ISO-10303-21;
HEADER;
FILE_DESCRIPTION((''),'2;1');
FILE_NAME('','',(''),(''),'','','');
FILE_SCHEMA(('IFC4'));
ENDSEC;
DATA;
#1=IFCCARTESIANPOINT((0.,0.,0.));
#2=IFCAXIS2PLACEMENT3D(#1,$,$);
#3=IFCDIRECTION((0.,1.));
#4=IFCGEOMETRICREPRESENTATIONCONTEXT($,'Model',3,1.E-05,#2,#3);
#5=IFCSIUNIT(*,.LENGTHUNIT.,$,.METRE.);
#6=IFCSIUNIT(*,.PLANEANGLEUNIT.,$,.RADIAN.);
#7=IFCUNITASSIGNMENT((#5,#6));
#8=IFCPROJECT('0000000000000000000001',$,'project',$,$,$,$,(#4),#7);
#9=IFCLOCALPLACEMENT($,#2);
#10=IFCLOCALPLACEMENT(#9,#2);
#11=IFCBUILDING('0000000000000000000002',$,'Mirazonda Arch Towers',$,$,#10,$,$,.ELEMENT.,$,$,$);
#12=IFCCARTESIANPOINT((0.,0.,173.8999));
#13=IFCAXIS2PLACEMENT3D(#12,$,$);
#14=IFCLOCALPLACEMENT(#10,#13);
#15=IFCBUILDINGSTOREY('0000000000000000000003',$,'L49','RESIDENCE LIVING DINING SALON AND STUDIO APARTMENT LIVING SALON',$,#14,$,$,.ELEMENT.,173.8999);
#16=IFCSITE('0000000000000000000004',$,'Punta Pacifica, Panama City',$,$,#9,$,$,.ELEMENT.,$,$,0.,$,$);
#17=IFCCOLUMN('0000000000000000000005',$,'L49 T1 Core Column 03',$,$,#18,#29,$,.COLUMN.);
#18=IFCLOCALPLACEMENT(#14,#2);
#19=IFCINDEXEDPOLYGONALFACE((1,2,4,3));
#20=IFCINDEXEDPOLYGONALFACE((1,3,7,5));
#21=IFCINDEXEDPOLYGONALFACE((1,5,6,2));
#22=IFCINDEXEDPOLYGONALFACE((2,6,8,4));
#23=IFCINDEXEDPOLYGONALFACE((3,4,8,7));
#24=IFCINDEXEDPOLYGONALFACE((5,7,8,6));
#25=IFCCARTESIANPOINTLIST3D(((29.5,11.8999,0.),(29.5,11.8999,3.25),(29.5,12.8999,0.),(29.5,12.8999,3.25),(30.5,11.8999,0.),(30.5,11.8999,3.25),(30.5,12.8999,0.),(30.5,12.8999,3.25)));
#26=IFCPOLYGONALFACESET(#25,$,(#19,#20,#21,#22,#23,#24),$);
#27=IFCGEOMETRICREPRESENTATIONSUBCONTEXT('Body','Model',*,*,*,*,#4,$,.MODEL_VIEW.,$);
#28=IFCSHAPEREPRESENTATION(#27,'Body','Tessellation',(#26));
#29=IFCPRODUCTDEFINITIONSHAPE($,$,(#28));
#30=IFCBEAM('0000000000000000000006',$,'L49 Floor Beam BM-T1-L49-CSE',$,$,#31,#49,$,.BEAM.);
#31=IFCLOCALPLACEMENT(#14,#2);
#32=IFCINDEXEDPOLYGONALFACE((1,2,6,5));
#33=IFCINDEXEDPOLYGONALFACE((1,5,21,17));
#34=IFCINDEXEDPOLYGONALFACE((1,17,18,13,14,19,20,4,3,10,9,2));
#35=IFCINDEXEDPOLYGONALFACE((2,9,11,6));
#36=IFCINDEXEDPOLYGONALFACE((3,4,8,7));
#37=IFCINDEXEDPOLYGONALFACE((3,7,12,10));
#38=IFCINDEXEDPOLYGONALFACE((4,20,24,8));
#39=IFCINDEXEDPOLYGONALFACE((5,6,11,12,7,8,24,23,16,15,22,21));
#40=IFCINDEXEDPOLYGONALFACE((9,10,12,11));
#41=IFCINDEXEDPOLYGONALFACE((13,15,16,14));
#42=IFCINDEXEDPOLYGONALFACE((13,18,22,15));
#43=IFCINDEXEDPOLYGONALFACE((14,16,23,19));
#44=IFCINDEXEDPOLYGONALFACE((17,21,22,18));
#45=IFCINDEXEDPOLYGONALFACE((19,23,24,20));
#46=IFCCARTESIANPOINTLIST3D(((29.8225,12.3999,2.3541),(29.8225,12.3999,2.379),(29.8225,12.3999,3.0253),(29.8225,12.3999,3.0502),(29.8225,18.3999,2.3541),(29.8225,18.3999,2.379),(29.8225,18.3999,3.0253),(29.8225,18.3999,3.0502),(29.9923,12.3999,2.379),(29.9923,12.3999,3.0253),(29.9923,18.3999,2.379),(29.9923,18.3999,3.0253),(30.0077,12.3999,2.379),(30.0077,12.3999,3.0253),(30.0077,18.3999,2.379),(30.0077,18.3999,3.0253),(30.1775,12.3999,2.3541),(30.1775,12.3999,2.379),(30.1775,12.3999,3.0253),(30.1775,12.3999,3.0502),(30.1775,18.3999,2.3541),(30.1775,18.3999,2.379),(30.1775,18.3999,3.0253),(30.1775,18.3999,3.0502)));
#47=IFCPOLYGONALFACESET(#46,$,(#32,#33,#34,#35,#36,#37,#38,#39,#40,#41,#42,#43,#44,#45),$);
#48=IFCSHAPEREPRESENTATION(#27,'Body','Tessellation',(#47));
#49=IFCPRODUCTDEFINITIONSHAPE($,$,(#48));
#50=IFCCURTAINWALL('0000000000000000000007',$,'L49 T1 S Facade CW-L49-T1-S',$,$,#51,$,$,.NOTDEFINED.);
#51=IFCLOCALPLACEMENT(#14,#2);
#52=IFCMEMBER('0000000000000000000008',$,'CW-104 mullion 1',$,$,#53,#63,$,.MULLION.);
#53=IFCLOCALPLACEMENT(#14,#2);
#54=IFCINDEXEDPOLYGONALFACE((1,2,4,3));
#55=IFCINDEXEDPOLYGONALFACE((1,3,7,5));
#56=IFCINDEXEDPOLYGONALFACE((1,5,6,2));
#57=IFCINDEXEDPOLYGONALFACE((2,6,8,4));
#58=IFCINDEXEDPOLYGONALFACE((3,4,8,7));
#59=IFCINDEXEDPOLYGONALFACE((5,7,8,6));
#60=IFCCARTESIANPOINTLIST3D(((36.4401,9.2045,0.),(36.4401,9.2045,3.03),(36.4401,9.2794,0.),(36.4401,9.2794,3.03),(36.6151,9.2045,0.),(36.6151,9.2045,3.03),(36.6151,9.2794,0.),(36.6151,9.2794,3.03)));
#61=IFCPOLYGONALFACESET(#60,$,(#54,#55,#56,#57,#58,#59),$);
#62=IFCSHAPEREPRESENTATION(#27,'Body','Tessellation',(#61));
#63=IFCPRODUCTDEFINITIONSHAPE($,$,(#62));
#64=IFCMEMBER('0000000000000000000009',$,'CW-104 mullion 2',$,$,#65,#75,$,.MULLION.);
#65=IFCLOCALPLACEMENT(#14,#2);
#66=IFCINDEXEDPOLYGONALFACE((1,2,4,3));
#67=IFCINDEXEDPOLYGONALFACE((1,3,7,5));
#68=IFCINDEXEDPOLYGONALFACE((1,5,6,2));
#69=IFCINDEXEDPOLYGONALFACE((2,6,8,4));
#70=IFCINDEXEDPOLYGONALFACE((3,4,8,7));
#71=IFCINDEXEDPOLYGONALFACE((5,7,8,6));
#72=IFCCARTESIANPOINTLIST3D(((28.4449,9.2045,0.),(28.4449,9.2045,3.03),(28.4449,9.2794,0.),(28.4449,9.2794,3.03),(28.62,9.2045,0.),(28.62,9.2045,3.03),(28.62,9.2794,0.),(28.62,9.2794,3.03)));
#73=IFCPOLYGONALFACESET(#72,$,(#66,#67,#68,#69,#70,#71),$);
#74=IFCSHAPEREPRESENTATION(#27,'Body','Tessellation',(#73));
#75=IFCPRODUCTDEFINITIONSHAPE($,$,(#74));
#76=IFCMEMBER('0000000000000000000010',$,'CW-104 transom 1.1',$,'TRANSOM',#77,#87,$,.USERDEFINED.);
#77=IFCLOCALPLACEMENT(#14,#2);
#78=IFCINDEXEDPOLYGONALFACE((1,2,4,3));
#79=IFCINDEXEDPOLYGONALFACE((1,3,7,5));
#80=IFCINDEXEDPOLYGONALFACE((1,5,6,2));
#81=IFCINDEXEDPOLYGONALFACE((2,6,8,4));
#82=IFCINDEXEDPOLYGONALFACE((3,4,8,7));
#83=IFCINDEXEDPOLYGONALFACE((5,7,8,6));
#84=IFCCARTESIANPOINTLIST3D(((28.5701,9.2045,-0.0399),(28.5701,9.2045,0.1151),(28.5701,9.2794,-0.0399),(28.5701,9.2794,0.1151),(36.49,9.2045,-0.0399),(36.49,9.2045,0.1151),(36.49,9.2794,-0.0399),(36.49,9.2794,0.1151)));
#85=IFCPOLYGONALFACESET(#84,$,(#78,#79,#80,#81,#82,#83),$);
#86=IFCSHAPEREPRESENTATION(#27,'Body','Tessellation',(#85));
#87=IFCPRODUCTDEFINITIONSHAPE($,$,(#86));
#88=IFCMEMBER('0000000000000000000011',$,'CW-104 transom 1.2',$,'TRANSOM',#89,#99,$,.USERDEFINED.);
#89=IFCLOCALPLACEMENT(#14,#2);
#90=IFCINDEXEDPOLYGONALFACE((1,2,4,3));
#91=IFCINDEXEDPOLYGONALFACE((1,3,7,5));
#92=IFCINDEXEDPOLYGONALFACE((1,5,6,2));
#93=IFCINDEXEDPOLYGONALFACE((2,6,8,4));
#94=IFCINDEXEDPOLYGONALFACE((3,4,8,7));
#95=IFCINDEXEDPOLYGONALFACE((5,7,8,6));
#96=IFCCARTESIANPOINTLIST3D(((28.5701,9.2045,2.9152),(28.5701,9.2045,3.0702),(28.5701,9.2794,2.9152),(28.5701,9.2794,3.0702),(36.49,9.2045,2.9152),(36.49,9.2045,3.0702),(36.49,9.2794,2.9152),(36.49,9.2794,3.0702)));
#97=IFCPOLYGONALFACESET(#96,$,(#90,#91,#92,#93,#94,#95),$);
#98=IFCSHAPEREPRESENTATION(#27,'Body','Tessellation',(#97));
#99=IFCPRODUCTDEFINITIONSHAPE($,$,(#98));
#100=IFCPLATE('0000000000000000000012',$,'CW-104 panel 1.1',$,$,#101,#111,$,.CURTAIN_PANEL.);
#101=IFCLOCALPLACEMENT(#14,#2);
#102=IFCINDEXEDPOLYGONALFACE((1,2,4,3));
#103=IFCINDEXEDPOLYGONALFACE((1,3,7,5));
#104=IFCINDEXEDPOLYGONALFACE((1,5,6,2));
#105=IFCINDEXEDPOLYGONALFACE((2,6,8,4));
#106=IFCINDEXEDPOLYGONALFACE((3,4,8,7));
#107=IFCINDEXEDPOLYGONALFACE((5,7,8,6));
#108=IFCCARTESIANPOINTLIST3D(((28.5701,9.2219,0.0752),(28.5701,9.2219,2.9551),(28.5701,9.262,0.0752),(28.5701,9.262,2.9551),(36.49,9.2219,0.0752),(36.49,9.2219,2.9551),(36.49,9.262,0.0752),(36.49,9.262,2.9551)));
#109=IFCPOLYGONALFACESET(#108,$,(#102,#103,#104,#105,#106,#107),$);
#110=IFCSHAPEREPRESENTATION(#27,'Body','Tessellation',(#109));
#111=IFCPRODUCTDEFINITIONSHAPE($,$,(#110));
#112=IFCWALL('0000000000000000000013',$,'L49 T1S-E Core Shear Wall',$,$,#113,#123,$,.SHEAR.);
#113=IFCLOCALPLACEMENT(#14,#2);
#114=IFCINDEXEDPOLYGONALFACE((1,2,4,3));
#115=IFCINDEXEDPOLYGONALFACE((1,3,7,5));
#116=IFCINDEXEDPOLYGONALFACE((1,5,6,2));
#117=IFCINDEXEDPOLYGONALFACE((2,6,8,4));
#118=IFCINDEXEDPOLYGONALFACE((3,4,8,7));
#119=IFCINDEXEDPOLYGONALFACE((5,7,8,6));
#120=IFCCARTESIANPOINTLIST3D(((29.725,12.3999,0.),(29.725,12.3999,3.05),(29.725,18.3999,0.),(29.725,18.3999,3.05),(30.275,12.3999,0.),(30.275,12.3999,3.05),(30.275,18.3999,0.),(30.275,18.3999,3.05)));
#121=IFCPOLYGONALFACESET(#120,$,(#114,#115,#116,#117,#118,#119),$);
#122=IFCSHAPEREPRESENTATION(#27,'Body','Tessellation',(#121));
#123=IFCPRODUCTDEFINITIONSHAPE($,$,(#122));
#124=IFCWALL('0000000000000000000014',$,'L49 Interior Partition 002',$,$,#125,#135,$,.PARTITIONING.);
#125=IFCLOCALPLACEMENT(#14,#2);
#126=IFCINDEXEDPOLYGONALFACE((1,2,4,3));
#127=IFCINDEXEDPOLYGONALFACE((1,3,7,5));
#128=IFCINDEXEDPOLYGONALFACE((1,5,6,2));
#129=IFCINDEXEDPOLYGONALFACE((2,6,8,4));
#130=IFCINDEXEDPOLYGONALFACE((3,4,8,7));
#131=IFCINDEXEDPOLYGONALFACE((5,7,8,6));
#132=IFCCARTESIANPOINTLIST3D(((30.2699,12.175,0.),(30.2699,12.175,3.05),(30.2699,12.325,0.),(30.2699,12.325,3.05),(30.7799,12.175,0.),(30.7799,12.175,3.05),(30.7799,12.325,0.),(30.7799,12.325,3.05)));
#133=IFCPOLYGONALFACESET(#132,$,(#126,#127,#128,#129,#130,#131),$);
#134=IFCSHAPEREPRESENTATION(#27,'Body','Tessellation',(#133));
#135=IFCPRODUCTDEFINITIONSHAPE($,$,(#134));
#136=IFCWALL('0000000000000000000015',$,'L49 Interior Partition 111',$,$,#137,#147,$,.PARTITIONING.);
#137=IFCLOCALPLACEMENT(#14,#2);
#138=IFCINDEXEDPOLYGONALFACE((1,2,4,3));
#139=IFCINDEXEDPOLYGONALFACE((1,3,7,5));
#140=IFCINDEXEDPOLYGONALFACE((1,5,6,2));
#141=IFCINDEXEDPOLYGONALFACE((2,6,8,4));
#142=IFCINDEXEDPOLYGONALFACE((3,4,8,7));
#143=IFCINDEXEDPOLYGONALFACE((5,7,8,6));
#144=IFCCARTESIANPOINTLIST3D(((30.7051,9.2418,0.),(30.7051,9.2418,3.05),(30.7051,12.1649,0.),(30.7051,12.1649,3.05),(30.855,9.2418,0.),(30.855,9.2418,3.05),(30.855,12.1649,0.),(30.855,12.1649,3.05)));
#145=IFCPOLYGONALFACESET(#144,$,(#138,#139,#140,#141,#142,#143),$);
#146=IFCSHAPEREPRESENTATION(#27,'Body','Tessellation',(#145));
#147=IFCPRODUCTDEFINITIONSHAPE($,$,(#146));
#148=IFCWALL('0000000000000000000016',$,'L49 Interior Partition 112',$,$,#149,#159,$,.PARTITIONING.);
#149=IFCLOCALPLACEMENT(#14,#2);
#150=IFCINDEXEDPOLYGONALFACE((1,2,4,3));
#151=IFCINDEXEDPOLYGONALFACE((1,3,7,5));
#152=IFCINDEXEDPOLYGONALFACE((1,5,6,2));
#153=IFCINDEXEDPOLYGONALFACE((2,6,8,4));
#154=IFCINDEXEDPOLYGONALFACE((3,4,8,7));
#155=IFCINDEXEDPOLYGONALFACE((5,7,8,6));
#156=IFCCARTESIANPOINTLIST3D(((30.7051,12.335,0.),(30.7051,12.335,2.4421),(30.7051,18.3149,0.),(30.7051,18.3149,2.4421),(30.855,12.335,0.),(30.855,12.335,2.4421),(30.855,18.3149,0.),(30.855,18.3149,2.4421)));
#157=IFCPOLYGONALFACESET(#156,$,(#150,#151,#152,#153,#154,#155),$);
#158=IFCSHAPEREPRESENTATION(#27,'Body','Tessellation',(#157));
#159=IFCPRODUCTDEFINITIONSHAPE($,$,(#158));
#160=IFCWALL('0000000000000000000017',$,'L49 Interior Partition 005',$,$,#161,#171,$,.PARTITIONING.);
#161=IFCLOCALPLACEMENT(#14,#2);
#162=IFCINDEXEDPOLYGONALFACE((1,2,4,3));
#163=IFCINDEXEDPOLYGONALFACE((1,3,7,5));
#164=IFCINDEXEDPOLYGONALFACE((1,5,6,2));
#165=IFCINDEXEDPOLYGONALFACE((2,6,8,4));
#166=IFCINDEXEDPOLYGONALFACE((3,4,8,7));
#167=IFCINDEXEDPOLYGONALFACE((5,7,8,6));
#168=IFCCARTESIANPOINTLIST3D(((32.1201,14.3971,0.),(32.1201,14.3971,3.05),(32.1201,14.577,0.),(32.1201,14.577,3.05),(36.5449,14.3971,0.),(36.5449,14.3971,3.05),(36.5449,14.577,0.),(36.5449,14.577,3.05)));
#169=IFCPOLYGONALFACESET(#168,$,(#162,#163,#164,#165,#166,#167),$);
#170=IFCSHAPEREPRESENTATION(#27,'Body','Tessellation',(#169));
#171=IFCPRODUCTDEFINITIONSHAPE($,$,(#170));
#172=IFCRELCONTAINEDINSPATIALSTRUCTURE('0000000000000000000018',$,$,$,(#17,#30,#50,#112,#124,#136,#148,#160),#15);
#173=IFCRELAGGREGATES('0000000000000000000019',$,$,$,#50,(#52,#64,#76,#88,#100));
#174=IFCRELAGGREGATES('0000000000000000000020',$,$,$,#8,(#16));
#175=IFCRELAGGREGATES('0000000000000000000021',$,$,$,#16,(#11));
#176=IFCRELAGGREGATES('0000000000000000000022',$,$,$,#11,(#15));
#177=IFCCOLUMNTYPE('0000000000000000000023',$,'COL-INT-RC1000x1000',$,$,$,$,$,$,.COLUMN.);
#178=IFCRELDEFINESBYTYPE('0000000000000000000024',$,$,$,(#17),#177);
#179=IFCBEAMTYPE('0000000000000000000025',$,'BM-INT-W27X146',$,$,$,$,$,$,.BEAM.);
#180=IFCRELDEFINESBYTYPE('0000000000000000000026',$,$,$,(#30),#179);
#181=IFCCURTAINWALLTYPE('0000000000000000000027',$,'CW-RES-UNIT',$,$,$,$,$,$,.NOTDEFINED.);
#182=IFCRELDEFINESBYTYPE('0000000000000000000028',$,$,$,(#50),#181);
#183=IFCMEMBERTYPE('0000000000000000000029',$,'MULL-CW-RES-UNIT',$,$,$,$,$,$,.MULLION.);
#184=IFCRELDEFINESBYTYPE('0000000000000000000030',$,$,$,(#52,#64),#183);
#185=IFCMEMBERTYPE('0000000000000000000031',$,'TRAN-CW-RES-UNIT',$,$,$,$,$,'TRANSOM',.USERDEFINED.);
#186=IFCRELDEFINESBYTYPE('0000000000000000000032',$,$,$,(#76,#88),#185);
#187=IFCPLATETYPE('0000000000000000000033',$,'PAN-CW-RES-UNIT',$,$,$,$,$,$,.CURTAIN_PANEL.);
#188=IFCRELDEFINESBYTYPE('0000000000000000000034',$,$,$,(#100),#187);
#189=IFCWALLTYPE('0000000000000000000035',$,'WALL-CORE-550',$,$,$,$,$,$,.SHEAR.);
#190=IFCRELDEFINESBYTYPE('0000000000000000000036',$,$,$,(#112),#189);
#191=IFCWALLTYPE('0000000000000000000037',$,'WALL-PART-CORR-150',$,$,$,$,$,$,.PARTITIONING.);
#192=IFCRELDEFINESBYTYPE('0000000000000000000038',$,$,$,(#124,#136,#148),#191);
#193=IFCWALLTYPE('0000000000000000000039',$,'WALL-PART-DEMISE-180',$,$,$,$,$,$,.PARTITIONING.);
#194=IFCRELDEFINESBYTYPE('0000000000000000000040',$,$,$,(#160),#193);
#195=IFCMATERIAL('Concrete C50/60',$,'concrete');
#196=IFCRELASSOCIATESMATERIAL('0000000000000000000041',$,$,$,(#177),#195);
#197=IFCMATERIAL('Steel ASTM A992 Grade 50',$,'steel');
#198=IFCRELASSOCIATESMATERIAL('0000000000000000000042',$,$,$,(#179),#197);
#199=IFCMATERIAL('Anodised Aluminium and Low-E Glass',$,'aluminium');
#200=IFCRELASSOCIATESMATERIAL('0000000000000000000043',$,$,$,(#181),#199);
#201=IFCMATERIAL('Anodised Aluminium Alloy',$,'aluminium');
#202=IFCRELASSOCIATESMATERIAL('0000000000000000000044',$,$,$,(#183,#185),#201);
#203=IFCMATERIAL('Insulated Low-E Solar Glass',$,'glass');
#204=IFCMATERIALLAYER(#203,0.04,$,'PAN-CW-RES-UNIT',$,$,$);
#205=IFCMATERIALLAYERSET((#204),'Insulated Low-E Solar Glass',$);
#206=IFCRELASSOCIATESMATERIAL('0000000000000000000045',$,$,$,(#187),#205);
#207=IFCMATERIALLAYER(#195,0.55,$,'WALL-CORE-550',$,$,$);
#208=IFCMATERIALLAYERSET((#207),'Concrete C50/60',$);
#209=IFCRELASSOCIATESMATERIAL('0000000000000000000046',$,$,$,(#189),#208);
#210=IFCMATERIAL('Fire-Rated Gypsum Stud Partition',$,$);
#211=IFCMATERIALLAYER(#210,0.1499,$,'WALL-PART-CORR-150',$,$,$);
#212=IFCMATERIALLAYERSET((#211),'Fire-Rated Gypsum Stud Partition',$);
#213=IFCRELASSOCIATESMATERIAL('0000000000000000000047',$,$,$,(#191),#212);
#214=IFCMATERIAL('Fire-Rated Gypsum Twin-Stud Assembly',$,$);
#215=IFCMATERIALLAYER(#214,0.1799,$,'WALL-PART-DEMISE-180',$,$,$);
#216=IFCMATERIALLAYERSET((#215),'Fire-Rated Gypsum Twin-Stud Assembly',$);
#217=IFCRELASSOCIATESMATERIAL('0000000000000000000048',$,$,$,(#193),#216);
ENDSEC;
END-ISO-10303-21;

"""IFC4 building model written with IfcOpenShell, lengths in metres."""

from ifc_helpers import new_model, si_unit, direction, frame, frame_2d, origin, origin_2d, place, context, subcontext, project, spatial, rectangle, i_section, extrude, material, layer, layer_set, material_profile, profile_set, type_object, element, aggregate, save


model = new_model("IFC4")

# Units and contexts
model_context = context("Model", 3, precision=1e-05, world=origin(), true_north=direction((0.0, 1.0)))
body_context = subcontext(model_context, "Body", "Model", "MODEL_VIEW")
ifc_project = project(units=[si_unit("LENGTHUNIT", "METRE"), si_unit("PLANEANGLEUNIT", "RADIAN")], contexts=[model_context])

# Site, building, storey
site_placement = place(None, origin())
site = spatial("IfcSite", under=ifc_project, at=site_placement, Name="Punta Pacifica, Panama City", CompositionType="ELEMENT", RefElevation=0.0)
building_placement = place(site_placement, origin())
building = spatial("IfcBuilding", under=site, at=building_placement, Name="Mirazonda Arch Towers", CompositionType="ELEMENT")
storey_placement = place(building_placement, frame((0.0, 0.0, 173.8999)))
storey = spatial("IfcBuildingStorey", under=building, at=storey_placement, Name="L49", Description="RESIDENCE LIVING DINING SALON AND STUDIO APARTMENT LIVING SALON", CompositionType="ELEMENT", Elevation=173.8999)

# Column
ifc_material_1 = material(Name="Concrete C50/60", Category="concrete")
ifc_material_profile_1 = material_profile(ifc_material_1, rectangle(XDim=1.0, YDim=1.0, at=origin_2d()), Name="RC1000x1000")
ifc_profile_set_1 = profile_set([ifc_material_profile_1], Name="Concrete C50/60")
column_type = type_object("IfcColumnType", Name="COL-INT-RC1000x1000", PredefinedType="COLUMN", material=ifc_profile_set_1)
column_placement = place(storey_placement, frame((30.0, 12.3999, 0.0), z_axis=(0.0, 0.0, 1.0), x_axis=(1.0, 0.0, 0.0)))
element("IfcColumn", 1, at=column_placement, inside=storey, type_object=column_type, Name="L49 T1 Core Column 03", PredefinedType="COLUMN", context=body_context, shape_type="SweptSolid", body=[
    extrude(rectangle(XDim=1.0, YDim=1.0, at=origin_2d()), origin(), (0.0, 0.0, 1.0), 3.25),
])

# Beam
ifc_material_2 = material(Name="Steel ASTM A992 Grade 50", Category="steel")
ifc_material_profile_2 = material_profile(ifc_material_2, i_section(OverallWidth=0.355, OverallDepth=0.696, WebThickness=0.0154, FlangeThickness=0.0249, at=origin_2d()), Name="W27X146")
ifc_profile_set_2 = profile_set([ifc_material_profile_2], Name="Steel ASTM A992 Grade 50")
beam_type = type_object("IfcBeamType", Name="BM-INT-W27X146", PredefinedType="BEAM", material=ifc_profile_set_2)
beam_placement = place(storey_placement, frame((30.0, 12.3999, 2.7021), z_axis=(0.0, 1.0, 0.0), x_axis=(-1.0, 0.0, 0.0)))
element("IfcBeam", 2, at=beam_placement, inside=storey, type_object=beam_type, Name="L49 Floor Beam BM-T1-L49-CSE", PredefinedType="BEAM", context=body_context, shape_type="SweptSolid", body=[
    extrude(i_section(OverallWidth=0.355, OverallDepth=0.696, WebThickness=0.0154, FlangeThickness=0.0249, at=origin_2d()), origin(), (0.0, 0.0, 1.0), 6.0),
])

# Curtain wall, members, plate
ifc_material_3 = material(Name="Anodised Aluminium and Low-E Glass", Category="aluminium")
curtain_wall_type = type_object("IfcCurtainWallType", Name="CW-RES-UNIT", PredefinedType="NOTDEFINED", material=ifc_material_3)
curtain_wall_placement = place(storey_placement, origin())
curtain_wall = element("IfcCurtainWall", 3, at=curtain_wall_placement, inside=storey, type_object=curtain_wall_type, Name="L49 T1 S Facade CW-L49-T1-S", PredefinedType="NOTDEFINED")
ifc_material_4 = material(Name="Anodised Aluminium Alloy", Category="aluminium")
ifc_material_profile_3 = material_profile(ifc_material_4, rectangle(XDim=0.075, YDim=0.175, at=origin_2d()), Name="ALU-MULL-75x175")
ifc_profile_set_3 = profile_set([ifc_material_profile_3], Name="Anodised Aluminium Alloy")
member_type_1 = type_object("IfcMemberType", Name="MULL-CW-RES-UNIT", PredefinedType="MULLION", material=ifc_profile_set_3)
member_1_placement = place(storey_placement, frame((36.5276, 9.2419, 0.0), z_axis=(0.0, 0.0, 1.0), x_axis=(0.0, -1.0, 0.0)))
member_1 = element("IfcMember", 4, at=member_1_placement, type_object=member_type_1, Name="CW-104 mullion 1", PredefinedType="MULLION", context=body_context, shape_type="SweptSolid", body=[
    extrude(rectangle(XDim=0.075, YDim=0.175, at=origin_2d()), origin(), (0.0, 0.0, 1.0), 3.03),
])
member_2_placement = place(storey_placement, frame((28.5325, 9.2419, 0.0), z_axis=(0.0, 0.0, 1.0), x_axis=(0.0, -1.0, 0.0)))
member_2 = element("IfcMember", 5, at=member_2_placement, type_object=member_type_1, Name="CW-104 mullion 2", PredefinedType="MULLION", context=body_context, shape_type="SweptSolid", body=[
    extrude(rectangle(XDim=0.075, YDim=0.175, at=origin_2d()), origin(), (0.0, 0.0, 1.0), 3.03),
])
ifc_material_profile_4 = material_profile(ifc_material_4, rectangle(XDim=0.075, YDim=0.155, at=origin_2d()), Name="ALU-TRAN-75x155")
ifc_profile_set_4 = profile_set([ifc_material_profile_4], Name="Anodised Aluminium Alloy")
member_type_2 = type_object("IfcMemberType", Name="TRAN-CW-RES-UNIT", ElementType="TRANSOM", PredefinedType="USERDEFINED", material=ifc_profile_set_4)
member_3_placement = place(storey_placement, frame((36.49, 9.2419, 0.0376), z_axis=(-1.0, 0.0, 0.0), x_axis=(0.0, -1.0, 0.0)))
member_3 = element("IfcMember", 6, at=member_3_placement, type_object=member_type_2, Name="CW-104 transom 1.1", ObjectType="TRANSOM", PredefinedType="USERDEFINED", context=body_context, shape_type="SweptSolid", body=[
    extrude(rectangle(XDim=0.075, YDim=0.155, at=origin_2d()), origin(), (0.0, 0.0, 1.0), 7.9199),
])
member_4_placement = place(storey_placement, frame((36.49, 9.2419, 2.9927), z_axis=(-1.0, 0.0, 0.0), x_axis=(0.0, -1.0, 0.0)))
member_4 = element("IfcMember", 7, at=member_4_placement, type_object=member_type_2, Name="CW-104 transom 1.2", ObjectType="TRANSOM", PredefinedType="USERDEFINED", context=body_context, shape_type="SweptSolid", body=[
    extrude(rectangle(XDim=0.075, YDim=0.155, at=origin_2d()), origin(), (0.0, 0.0, 1.0), 7.9199),
])
ifc_material_5 = material(Name="Insulated Low-E Solar Glass", Category="glass")
ifc_layer_1 = layer(ifc_material_5, 0.04, Name="PAN-CW-RES-UNIT")
ifc_layer_set_1 = layer_set([ifc_layer_1], Name="Insulated Low-E Solar Glass")
plate_type = type_object("IfcPlateType", Name="PAN-CW-RES-UNIT", PredefinedType="CURTAIN_PANEL", material=ifc_layer_set_1)
plate_placement = place(storey_placement, frame((32.53, 9.2419, 0.0752), z_axis=(0.0, 0.0, 1.0), x_axis=(-1.0, 0.0, 0.0)))
plate = element("IfcPlate", 8, at=plate_placement, type_object=plate_type, Name="CW-104 panel 1.1", PredefinedType="CURTAIN_PANEL", context=body_context, shape_type="SweptSolid", body=[
    extrude(rectangle(XDim=7.9199, YDim=0.04, at=origin_2d()), origin(), (0.0, 0.0, 1.0), 2.8799),
])
aggregate(curtain_wall, [member_1, member_2, member_3, member_4, plate])

# Walls
ifc_layer_2 = layer(ifc_material_1, 0.55, Name="WALL-CORE-550")
ifc_layer_set_2 = layer_set([ifc_layer_2], Name="Concrete C50/60")
wall_type_1 = type_object("IfcWallType", Name="WALL-CORE-550", PredefinedType="SHEAR", material=ifc_layer_set_2)
wall_1_placement = place(storey_placement, frame((30.0, 12.3999, 0.0), z_axis=(0.0, 0.0, 1.0), x_axis=(0.0, 1.0, 0.0)))
element("IfcWall", 9, at=wall_1_placement, inside=storey, type_object=wall_type_1, Name="L49 T1S-E Core Shear Wall", PredefinedType="SHEAR", context=body_context, shape_type="SweptSolid", body=[
    extrude(rectangle(XDim=6.0, YDim=0.55, at=frame_2d((3.0, 0.0))), origin(), (0.0, 0.0, 1.0), 3.05),
])
ifc_material_6 = material(Name="Fire-Rated Gypsum Stud Partition")
ifc_layer_3 = layer(ifc_material_6, 0.1499, Name="WALL-PART-CORR-150")
ifc_layer_set_3 = layer_set([ifc_layer_3], Name="Fire-Rated Gypsum Stud Partition")
wall_type_2 = type_object("IfcWallType", Name="WALL-PART-CORR-150", PredefinedType="PARTITIONING", material=ifc_layer_set_3)
wall_2_placement = place(storey_placement, frame((30.27, 12.25, 0.0), z_axis=(0.0, 0.0, 1.0), x_axis=(1.0, 0.0, 0.0)))
element("IfcWall", 10, at=wall_2_placement, inside=storey, type_object=wall_type_2, Name="L49 Interior Partition 002", PredefinedType="PARTITIONING", context=body_context, shape_type="SweptSolid", body=[
    extrude(rectangle(XDim=0.51, YDim=0.1499, at=frame_2d((0.2549, 0.0))), origin(), (0.0, 0.0, 1.0), 3.05),
])
wall_3_placement = place(storey_placement, frame((30.78, 9.2419, 0.0), z_axis=(0.0, 0.0, 1.0), x_axis=(0.0, 1.0, 0.0)))
element("IfcWall", 11, at=wall_3_placement, inside=storey, type_object=wall_type_2, Name="L49 Interior Partition 111", PredefinedType="PARTITIONING", context=body_context, shape_type="SweptSolid", body=[
    extrude(rectangle(XDim=2.9231, YDim=0.1499, at=frame_2d((1.4614, 0.0))), origin(), (0.0, 0.0, 1.0), 3.05),
])
wall_4_placement = place(storey_placement, frame((30.78, 12.335, 0.0), z_axis=(0.0, 0.0, 1.0), x_axis=(0.0, 1.0, 0.0)))
element("IfcWall", 12, at=wall_4_placement, inside=storey, type_object=wall_type_2, Name="L49 Interior Partition 112", PredefinedType="PARTITIONING", context=body_context, shape_type="SweptSolid", body=[
    extrude(rectangle(XDim=5.98, YDim=0.1499, at=frame_2d((2.99, 0.0))), origin(), (0.0, 0.0, 1.0), 2.4421),
])
ifc_material_7 = material(Name="Fire-Rated Gypsum Twin-Stud Assembly")
ifc_layer_4 = layer(ifc_material_7, 0.1799, Name="WALL-PART-DEMISE-180")
ifc_layer_set_4 = layer_set([ifc_layer_4], Name="Fire-Rated Gypsum Twin-Stud Assembly")
wall_type_3 = type_object("IfcWallType", Name="WALL-PART-DEMISE-180", PredefinedType="PARTITIONING", material=ifc_layer_set_4)
wall_5_placement = place(storey_placement, frame((32.1201, 14.4871, 0.0), z_axis=(0.0, 0.0, 1.0), x_axis=(1.0, 0.0, 0.0)))
element("IfcWall", 13, at=wall_5_placement, inside=storey, type_object=wall_type_3, Name="L49 Interior Partition 005", PredefinedType="PARTITIONING", context=body_context, shape_type="SweptSolid", body=[
    extrude(rectangle(XDim=4.4248, YDim=0.1799, at=frame_2d((2.2124, 0.0))), origin(), (0.0, 0.0, 1.0), 3.05),
])

save(model, "model.ifc")
